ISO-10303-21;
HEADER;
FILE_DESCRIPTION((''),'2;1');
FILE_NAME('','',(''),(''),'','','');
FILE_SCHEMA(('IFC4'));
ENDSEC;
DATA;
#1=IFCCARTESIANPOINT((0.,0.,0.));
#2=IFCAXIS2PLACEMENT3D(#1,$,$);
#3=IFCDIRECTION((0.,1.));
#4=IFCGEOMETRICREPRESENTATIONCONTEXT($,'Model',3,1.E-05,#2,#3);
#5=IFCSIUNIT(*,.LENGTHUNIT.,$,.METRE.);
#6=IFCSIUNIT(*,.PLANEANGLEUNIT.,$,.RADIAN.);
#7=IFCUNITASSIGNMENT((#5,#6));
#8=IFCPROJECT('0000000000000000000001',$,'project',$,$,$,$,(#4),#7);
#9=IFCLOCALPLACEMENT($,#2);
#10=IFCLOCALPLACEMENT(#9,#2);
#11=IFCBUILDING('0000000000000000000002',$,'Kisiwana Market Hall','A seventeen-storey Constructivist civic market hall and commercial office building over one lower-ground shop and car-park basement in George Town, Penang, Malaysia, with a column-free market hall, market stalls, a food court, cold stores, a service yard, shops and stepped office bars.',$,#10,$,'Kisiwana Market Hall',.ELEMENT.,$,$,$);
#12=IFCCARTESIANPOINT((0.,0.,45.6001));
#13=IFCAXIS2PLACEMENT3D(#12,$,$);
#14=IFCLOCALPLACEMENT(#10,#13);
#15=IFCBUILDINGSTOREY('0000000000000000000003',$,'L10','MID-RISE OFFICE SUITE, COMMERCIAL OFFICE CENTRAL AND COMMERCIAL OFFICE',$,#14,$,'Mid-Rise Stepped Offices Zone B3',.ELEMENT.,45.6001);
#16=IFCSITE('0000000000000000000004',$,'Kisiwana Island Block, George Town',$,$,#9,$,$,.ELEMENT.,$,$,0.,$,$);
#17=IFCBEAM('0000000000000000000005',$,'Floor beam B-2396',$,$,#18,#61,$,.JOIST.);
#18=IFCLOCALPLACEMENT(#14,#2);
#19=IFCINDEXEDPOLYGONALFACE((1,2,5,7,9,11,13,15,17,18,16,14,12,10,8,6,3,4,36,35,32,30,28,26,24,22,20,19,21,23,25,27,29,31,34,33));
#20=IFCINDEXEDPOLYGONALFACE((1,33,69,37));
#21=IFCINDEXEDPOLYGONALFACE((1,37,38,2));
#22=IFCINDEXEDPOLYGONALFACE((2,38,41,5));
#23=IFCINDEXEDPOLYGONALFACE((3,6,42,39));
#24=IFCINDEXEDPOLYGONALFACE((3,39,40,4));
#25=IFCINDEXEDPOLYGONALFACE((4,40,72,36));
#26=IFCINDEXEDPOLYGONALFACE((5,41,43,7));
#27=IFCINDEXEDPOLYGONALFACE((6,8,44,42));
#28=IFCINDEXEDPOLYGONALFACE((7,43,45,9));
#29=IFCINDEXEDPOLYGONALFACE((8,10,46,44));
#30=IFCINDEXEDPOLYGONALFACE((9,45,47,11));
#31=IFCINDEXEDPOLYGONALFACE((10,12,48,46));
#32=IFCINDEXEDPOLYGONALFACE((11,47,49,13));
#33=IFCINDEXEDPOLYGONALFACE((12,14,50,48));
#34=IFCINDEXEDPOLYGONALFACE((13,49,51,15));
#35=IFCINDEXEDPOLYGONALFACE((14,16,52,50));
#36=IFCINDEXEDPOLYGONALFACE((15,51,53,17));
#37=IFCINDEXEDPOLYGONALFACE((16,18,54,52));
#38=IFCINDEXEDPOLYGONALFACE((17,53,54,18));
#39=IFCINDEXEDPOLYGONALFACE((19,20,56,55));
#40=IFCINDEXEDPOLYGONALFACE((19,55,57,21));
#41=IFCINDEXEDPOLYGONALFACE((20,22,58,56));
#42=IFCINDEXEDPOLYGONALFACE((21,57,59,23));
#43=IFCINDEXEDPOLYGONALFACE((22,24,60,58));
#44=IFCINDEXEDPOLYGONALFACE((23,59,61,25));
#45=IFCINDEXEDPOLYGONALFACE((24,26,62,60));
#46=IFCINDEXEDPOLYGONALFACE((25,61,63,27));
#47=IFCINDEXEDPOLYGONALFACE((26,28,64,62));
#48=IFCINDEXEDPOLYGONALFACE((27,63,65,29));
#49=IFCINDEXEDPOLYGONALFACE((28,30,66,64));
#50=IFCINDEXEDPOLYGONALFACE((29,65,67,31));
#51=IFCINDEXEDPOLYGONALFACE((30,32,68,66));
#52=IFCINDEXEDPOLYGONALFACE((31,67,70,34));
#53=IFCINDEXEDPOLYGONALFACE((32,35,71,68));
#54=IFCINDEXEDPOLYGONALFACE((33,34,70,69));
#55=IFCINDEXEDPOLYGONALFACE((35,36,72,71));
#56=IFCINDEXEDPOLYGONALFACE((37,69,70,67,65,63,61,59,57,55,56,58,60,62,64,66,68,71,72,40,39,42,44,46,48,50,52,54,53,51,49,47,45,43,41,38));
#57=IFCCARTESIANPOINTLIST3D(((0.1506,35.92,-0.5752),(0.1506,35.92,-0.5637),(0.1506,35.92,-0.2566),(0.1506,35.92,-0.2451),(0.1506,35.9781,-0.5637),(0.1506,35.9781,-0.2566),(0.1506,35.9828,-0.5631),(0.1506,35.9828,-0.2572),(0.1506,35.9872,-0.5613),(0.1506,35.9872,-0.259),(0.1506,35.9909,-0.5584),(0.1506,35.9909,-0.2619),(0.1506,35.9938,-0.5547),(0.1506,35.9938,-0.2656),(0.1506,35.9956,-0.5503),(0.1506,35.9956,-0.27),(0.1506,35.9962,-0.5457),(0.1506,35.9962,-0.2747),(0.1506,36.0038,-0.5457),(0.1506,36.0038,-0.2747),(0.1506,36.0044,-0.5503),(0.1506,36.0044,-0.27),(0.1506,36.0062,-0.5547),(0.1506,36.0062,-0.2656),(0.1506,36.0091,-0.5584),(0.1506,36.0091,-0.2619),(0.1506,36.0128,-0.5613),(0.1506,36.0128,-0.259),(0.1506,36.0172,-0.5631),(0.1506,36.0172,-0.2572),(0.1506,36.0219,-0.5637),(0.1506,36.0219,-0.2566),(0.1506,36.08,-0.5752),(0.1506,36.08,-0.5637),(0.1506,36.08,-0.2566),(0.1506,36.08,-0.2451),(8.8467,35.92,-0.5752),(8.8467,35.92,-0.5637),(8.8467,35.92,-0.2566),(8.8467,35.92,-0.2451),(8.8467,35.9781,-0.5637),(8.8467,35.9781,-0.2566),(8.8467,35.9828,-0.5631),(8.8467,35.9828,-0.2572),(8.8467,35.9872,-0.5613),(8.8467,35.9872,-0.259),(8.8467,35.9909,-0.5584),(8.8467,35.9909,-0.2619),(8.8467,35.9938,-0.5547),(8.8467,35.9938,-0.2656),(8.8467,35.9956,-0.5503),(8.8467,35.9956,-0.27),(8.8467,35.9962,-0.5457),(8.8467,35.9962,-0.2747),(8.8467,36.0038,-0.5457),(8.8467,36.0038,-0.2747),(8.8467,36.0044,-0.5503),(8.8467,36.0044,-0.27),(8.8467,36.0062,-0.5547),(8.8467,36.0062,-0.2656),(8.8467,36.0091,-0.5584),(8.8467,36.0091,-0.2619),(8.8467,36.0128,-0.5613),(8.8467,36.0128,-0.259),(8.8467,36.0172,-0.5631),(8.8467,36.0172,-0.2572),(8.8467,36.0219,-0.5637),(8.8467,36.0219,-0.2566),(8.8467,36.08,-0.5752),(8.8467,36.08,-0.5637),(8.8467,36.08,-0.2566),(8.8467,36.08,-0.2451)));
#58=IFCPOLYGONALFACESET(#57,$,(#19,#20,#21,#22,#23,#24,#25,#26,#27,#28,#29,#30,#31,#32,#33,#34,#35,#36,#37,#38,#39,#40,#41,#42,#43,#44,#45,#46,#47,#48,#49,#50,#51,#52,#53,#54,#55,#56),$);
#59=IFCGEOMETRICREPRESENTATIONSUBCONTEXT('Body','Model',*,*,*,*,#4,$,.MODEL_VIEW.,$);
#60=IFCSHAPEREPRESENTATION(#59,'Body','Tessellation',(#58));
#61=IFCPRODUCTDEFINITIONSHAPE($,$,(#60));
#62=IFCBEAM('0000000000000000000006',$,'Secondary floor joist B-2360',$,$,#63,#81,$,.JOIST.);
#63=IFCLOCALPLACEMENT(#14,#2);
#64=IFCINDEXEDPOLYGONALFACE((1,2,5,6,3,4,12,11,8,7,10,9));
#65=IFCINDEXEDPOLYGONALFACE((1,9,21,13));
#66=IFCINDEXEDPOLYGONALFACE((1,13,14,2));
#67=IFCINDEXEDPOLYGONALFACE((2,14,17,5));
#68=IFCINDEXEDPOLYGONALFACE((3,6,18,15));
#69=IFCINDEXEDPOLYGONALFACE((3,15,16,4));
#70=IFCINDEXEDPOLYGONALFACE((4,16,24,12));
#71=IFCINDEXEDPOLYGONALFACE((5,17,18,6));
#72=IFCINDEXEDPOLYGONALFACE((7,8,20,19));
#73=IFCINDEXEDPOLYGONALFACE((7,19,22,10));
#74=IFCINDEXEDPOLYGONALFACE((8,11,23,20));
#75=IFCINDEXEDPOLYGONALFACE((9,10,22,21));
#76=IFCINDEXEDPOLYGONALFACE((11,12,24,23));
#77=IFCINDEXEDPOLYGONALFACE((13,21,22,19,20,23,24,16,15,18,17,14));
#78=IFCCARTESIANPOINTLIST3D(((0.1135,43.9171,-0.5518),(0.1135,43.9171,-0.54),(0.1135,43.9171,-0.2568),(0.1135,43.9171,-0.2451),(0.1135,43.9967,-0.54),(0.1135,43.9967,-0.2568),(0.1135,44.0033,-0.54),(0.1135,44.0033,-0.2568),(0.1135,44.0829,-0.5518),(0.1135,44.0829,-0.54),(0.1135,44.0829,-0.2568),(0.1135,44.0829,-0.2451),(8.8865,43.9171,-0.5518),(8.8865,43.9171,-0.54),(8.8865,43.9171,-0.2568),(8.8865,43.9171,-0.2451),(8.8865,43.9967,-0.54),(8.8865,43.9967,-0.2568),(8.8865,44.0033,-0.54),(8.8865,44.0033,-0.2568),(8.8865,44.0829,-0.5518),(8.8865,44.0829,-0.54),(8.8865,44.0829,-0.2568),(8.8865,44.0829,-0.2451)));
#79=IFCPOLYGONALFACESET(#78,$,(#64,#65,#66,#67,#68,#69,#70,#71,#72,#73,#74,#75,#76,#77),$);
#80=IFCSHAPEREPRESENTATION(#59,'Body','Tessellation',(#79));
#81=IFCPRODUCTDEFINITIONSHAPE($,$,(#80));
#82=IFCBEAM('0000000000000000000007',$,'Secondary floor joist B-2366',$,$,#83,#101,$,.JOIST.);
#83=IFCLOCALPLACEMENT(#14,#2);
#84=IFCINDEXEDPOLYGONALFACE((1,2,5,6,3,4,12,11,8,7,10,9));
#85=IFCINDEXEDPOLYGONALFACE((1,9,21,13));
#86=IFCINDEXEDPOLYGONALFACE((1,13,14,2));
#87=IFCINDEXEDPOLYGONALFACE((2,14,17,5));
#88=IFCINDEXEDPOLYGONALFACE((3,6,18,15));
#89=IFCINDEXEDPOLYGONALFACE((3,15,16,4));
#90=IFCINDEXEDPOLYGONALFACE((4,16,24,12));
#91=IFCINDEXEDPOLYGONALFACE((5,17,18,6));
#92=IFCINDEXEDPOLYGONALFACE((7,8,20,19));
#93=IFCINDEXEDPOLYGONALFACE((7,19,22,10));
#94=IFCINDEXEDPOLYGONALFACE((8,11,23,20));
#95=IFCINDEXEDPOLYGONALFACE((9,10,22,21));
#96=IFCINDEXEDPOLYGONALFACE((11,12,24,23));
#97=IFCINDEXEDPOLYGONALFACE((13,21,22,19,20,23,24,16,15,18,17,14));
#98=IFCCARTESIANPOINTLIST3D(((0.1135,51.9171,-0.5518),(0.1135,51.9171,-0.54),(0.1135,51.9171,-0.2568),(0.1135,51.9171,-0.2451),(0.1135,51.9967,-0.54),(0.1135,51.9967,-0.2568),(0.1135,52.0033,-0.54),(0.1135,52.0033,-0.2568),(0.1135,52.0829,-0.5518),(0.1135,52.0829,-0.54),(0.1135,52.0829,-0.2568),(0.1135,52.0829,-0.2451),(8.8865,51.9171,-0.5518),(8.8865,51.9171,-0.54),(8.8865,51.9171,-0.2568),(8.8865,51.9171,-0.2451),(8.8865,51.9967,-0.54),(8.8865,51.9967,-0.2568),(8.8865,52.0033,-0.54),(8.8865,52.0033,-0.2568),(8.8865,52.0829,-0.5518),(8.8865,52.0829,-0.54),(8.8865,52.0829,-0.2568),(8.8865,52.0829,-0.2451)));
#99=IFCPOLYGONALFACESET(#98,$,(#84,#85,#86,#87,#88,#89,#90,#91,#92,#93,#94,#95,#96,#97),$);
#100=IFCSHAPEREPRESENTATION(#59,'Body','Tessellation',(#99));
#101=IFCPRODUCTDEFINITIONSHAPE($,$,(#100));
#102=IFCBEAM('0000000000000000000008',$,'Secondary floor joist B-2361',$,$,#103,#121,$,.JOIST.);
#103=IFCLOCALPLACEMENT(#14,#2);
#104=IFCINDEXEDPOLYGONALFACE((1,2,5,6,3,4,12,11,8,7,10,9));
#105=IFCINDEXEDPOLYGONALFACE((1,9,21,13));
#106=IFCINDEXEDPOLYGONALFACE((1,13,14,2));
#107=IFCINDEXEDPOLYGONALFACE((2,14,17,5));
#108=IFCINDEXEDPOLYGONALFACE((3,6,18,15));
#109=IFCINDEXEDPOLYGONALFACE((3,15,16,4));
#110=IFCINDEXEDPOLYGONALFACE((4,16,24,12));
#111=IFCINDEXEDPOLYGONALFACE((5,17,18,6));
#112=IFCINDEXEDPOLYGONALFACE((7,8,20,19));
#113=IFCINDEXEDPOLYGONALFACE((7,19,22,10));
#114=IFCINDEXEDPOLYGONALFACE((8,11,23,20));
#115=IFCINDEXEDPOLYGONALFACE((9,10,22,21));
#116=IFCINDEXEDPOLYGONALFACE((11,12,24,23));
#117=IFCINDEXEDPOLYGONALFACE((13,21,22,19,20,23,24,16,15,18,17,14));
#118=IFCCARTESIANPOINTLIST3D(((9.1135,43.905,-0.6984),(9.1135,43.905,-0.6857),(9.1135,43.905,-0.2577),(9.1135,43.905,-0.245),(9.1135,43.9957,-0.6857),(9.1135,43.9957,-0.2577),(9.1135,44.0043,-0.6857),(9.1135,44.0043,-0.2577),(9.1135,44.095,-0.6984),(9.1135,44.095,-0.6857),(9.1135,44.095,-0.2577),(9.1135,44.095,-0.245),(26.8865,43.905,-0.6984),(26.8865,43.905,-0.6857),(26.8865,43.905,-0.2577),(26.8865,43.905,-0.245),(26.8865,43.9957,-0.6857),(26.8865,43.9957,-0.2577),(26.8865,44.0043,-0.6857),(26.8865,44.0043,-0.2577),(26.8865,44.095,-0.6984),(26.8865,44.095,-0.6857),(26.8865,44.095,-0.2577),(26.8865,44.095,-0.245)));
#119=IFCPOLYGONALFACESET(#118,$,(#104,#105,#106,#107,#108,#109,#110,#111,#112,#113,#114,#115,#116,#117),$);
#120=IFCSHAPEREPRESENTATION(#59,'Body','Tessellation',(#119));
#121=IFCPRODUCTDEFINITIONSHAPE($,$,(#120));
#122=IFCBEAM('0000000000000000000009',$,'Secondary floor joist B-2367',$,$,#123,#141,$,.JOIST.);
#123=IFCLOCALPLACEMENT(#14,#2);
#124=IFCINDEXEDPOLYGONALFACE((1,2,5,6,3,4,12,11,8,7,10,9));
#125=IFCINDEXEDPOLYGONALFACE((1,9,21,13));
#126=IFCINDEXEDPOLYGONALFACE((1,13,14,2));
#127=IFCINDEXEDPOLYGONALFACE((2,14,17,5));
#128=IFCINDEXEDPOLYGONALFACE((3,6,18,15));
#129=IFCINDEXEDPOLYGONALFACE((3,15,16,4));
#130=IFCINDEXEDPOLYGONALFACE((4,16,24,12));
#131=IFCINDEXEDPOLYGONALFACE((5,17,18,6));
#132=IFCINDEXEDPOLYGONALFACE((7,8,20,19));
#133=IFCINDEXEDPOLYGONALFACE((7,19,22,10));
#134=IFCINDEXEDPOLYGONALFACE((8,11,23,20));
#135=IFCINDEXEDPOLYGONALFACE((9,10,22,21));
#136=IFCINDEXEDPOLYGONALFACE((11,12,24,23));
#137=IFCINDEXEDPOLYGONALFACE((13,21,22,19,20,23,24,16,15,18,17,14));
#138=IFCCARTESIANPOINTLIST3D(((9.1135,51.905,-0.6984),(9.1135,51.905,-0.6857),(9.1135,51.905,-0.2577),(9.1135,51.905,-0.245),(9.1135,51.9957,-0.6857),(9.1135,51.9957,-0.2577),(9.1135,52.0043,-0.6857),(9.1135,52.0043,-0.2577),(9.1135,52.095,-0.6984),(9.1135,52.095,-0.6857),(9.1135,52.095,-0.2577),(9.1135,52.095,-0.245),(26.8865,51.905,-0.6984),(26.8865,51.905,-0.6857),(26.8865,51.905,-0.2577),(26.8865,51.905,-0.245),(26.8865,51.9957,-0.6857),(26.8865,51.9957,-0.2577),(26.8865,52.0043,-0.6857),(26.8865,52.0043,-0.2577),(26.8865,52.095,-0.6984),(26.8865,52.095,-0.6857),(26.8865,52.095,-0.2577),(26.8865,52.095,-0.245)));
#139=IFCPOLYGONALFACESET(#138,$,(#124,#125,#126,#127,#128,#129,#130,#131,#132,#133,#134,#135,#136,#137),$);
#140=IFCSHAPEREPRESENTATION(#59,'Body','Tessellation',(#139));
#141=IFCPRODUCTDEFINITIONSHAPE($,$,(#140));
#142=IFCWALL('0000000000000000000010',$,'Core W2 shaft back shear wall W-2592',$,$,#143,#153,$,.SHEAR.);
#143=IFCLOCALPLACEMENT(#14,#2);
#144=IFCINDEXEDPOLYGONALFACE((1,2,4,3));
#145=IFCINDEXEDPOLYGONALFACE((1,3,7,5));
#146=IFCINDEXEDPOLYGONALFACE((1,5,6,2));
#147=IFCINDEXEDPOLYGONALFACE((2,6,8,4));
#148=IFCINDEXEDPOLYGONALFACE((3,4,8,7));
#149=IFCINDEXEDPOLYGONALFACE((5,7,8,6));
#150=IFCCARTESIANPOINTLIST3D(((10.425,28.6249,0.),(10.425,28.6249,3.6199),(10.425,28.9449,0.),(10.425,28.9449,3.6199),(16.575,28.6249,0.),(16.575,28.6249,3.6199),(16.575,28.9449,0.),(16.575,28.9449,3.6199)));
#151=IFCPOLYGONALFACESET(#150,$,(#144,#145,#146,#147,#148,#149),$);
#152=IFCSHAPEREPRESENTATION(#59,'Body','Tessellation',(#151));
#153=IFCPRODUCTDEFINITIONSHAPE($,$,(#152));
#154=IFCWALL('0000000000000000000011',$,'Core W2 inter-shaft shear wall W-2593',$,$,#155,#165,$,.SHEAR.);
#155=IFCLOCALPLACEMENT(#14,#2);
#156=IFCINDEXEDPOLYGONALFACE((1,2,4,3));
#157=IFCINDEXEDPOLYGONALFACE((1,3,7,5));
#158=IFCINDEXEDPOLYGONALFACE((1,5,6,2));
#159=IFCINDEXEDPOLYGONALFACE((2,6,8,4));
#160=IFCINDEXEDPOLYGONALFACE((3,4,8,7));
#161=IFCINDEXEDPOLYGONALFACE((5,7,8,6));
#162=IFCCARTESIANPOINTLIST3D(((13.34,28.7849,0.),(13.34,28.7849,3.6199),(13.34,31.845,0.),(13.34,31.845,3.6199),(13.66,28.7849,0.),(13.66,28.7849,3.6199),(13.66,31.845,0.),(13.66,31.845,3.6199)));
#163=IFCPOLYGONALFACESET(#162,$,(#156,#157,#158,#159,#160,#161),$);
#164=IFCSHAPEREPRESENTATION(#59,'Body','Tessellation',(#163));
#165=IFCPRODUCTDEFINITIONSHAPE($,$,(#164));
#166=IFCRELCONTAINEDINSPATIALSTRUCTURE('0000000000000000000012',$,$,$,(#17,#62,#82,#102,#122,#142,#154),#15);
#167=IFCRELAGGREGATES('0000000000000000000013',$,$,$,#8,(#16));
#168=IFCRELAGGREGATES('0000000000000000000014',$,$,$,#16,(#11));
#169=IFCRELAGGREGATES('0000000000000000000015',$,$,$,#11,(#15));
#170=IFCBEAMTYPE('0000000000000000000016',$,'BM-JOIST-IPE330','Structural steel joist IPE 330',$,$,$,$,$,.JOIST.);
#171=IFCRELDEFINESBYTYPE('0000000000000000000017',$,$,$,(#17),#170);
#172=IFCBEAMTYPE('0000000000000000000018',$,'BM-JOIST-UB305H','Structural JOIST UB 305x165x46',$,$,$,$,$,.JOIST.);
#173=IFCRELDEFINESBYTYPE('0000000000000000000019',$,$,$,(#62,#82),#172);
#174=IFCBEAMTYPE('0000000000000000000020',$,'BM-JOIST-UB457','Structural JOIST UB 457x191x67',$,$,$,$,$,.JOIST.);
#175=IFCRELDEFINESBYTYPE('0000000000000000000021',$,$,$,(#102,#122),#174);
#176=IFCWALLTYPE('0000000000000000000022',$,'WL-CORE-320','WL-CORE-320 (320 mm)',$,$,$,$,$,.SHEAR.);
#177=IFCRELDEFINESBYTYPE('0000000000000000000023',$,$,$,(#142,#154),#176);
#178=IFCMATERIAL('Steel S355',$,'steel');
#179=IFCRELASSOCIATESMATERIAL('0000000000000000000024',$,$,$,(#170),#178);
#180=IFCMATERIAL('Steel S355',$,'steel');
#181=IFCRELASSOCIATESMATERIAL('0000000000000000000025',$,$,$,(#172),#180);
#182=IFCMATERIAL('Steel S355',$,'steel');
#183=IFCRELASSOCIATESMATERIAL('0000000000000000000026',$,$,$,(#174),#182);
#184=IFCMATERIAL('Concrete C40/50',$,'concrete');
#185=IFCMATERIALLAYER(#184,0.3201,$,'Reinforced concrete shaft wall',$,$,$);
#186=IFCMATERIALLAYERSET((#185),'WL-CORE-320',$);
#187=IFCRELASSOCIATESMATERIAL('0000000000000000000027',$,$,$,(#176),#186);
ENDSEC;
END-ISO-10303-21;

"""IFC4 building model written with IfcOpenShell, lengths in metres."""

from ifc_helpers import new_model, si_unit, direction, frame, frame_2d, origin, origin_2d, place, context, subcontext, project, spatial, rectangle, i_section, extrude, material, layer, layer_set, material_profile, profile_set, type_object, element, save


model = new_model("IFC4")

# Units and contexts
model_context = context("Model", 3, precision=1e-05, world=origin(), true_north=direction((0.0, 1.0)))
body_context = subcontext(model_context, "Body", "Model", "MODEL_VIEW")
ifc_project = project(units=[si_unit("LENGTHUNIT", "METRE"), si_unit("PLANEANGLEUNIT", "RADIAN")], contexts=[model_context])

# Site, building, storey
site_placement = place(None, origin())
site = spatial("IfcSite", under=ifc_project, at=site_placement, Name="Kisiwana Island Block, George Town", CompositionType="ELEMENT", RefElevation=0.0)
building_placement = place(site_placement, origin())
building = spatial("IfcBuilding", under=site, at=building_placement, Name="Kisiwana Market Hall", Description="A seventeen-storey Constructivist civic market hall and commercial office building over one lower-ground shop and car-park basement in George Town, Penang, Malaysia, with a column-free market hall, market stalls, a food court, cold stores, a service yard, shops and stepped office bars.", LongName="Kisiwana Market Hall", CompositionType="ELEMENT")
storey_placement = place(building_placement, frame((0.0, 0.0, 45.6001)))
storey = spatial("IfcBuildingStorey", under=building, at=storey_placement, Name="L10", Description="MID-RISE OFFICE SUITE, COMMERCIAL OFFICE CENTRAL AND COMMERCIAL OFFICE", LongName="Mid-Rise Stepped Offices Zone B3", CompositionType="ELEMENT", Elevation=45.6001)

# Beams
ifc_material_1 = material(Name="Steel S355", Category="steel")
ifc_material_profile_1 = material_profile(ifc_material_1, i_section(OverallWidth=0.1599, OverallDepth=0.3301, WebThickness=0.0076, FlangeThickness=0.0115, FilletRadius=0.0181, at=origin_2d()), Name="IPE 330")
ifc_profile_set_1 = profile_set([ifc_material_profile_1], Name="Steel S355")
beam_type_1 = type_object("IfcBeamType", Name="BM-JOIST-IPE330", Description="Structural steel joist IPE 330", PredefinedType="JOIST", material=ifc_profile_set_1)
beam_1_placement = place(storey_placement, frame((0.1506, 36.0, -0.4102), z_axis=(1.0, 0.0, 0.0), x_axis=(0.0, 1.0, 0.0)))
element("IfcBeam", 1, at=beam_1_placement, inside=storey, type_object=beam_type_1, Name="Floor beam B-2396", PredefinedType="JOIST", context=body_context, shape_type="SweptSolid", body=[
    extrude(i_section(OverallWidth=0.1599, OverallDepth=0.3301, WebThickness=0.0076, FlangeThickness=0.0115, FilletRadius=0.0181, at=origin_2d()), origin(), (0.0, 0.0, 1.0), 8.696),
])
ifc_material_2 = material(Name="Steel S355", Category="steel")
ifc_material_profile_2 = material_profile(ifc_material_2, i_section(OverallWidth=0.1658, OverallDepth=0.3066, WebThickness=0.0066, FlangeThickness=0.0117, at=origin_2d()), Name="UB 305x165x46")
ifc_profile_set_2 = profile_set([ifc_material_profile_2], Name="Steel S355")
beam_type_2 = type_object("IfcBeamType", Name="BM-JOIST-UB305H", Description="Structural JOIST UB 305x165x46", PredefinedType="JOIST", material=ifc_profile_set_2)
for number, where, z_axis, x_axis, name in (
    (2, (0.1135, 44.0, -0.3984), (1.0, 0.0, 0.0), (0.0, 1.0, 0.0), "Secondary floor joist B-2360"),
    (3, (0.1135, 52.0, -0.3984), (1.0, 0.0, 0.0), (0.0, 1.0, 0.0), "Secondary floor joist B-2366"),
):
    element("IfcBeam", number, at=place(storey_placement, frame(where, z_axis=z_axis, x_axis=x_axis)), inside=storey, type_object=beam_type_2, Name=name, PredefinedType="JOIST", context=body_context, shape_type="SweptSolid", body=[
        extrude(i_section(OverallWidth=0.1658, OverallDepth=0.3066, WebThickness=0.0066, FlangeThickness=0.0117, at=origin_2d()), origin(), (0.0, 0.0, 1.0), 8.7729),
    ])
ifc_material_3 = material(Name="Steel S355", Category="steel")
ifc_material_profile_3 = material_profile(ifc_material_3, i_section(OverallWidth=0.1899, OverallDepth=0.4534, WebThickness=0.0085, FlangeThickness=0.0127, at=origin_2d()), Name="UB 457x191x67")
ifc_profile_set_3 = profile_set([ifc_material_profile_3], Name="Steel S355")
beam_type_3 = type_object("IfcBeamType", Name="BM-JOIST-UB457", Description="Structural JOIST UB 457x191x67", PredefinedType="JOIST", material=ifc_profile_set_3)
for number, where, z_axis, x_axis, name in (
    (4, (9.1135, 44.0, -0.4717), (1.0, 0.0, 0.0), (0.0, 1.0, 0.0), "Secondary floor joist B-2361"),
    (5, (9.1135, 52.0, -0.4717), (1.0, 0.0, 0.0), (0.0, 1.0, 0.0), "Secondary floor joist B-2367"),
):
    element("IfcBeam", number, at=place(storey_placement, frame(where, z_axis=z_axis, x_axis=x_axis)), inside=storey, type_object=beam_type_3, Name=name, PredefinedType="JOIST", context=body_context, shape_type="SweptSolid", body=[
        extrude(i_section(OverallWidth=0.1899, OverallDepth=0.4534, WebThickness=0.0085, FlangeThickness=0.0127, at=origin_2d()), origin(), (0.0, 0.0, 1.0), 17.7729),
    ])

# Walls
ifc_material_4 = material(Name="Concrete C40/50", Category="concrete")
ifc_layer_1 = layer(ifc_material_4, 0.3201, Name="Reinforced concrete shaft wall")
ifc_layer_set_1 = layer_set([ifc_layer_1], Name="WL-CORE-320")
wall_type_1 = type_object("IfcWallType", Name="WL-CORE-320", Description="WL-CORE-320 (320 mm)", PredefinedType="SHEAR", material=ifc_layer_set_1)
wall_1_placement = place(storey_placement, frame((10.425, 28.7849, 0.0), z_axis=(0.0, 0.0, 1.0), x_axis=(1.0, 0.0, 0.0)))
element("IfcWall", 6, at=wall_1_placement, inside=storey, type_object=wall_type_1, Name="Core W2 shaft back shear wall W-2592", PredefinedType="SHEAR", context=body_context, shape_type="SweptSolid", body=[
    extrude(rectangle(XDim=6.1499, YDim=0.3201, at=frame_2d((3.075, 0.0))), origin(), (0.0, 0.0, 1.0), 3.6199),
])
wall_2_placement = place(storey_placement, frame((13.5, 28.7849, 0.0), z_axis=(0.0, 0.0, 1.0), x_axis=(0.0, 1.0, 0.0)))
element("IfcWall", 7, at=wall_2_placement, inside=storey, type_object=wall_type_1, Name="Core W2 inter-shaft shear wall W-2593", PredefinedType="SHEAR", context=body_context, shape_type="SweptSolid", body=[
    extrude(rectangle(XDim=3.0601, YDim=0.3201, at=frame_2d((1.53, 0.0))), origin(), (0.0, 0.0, 1.0), 3.6199),
])

save(model, "model.ifc")
